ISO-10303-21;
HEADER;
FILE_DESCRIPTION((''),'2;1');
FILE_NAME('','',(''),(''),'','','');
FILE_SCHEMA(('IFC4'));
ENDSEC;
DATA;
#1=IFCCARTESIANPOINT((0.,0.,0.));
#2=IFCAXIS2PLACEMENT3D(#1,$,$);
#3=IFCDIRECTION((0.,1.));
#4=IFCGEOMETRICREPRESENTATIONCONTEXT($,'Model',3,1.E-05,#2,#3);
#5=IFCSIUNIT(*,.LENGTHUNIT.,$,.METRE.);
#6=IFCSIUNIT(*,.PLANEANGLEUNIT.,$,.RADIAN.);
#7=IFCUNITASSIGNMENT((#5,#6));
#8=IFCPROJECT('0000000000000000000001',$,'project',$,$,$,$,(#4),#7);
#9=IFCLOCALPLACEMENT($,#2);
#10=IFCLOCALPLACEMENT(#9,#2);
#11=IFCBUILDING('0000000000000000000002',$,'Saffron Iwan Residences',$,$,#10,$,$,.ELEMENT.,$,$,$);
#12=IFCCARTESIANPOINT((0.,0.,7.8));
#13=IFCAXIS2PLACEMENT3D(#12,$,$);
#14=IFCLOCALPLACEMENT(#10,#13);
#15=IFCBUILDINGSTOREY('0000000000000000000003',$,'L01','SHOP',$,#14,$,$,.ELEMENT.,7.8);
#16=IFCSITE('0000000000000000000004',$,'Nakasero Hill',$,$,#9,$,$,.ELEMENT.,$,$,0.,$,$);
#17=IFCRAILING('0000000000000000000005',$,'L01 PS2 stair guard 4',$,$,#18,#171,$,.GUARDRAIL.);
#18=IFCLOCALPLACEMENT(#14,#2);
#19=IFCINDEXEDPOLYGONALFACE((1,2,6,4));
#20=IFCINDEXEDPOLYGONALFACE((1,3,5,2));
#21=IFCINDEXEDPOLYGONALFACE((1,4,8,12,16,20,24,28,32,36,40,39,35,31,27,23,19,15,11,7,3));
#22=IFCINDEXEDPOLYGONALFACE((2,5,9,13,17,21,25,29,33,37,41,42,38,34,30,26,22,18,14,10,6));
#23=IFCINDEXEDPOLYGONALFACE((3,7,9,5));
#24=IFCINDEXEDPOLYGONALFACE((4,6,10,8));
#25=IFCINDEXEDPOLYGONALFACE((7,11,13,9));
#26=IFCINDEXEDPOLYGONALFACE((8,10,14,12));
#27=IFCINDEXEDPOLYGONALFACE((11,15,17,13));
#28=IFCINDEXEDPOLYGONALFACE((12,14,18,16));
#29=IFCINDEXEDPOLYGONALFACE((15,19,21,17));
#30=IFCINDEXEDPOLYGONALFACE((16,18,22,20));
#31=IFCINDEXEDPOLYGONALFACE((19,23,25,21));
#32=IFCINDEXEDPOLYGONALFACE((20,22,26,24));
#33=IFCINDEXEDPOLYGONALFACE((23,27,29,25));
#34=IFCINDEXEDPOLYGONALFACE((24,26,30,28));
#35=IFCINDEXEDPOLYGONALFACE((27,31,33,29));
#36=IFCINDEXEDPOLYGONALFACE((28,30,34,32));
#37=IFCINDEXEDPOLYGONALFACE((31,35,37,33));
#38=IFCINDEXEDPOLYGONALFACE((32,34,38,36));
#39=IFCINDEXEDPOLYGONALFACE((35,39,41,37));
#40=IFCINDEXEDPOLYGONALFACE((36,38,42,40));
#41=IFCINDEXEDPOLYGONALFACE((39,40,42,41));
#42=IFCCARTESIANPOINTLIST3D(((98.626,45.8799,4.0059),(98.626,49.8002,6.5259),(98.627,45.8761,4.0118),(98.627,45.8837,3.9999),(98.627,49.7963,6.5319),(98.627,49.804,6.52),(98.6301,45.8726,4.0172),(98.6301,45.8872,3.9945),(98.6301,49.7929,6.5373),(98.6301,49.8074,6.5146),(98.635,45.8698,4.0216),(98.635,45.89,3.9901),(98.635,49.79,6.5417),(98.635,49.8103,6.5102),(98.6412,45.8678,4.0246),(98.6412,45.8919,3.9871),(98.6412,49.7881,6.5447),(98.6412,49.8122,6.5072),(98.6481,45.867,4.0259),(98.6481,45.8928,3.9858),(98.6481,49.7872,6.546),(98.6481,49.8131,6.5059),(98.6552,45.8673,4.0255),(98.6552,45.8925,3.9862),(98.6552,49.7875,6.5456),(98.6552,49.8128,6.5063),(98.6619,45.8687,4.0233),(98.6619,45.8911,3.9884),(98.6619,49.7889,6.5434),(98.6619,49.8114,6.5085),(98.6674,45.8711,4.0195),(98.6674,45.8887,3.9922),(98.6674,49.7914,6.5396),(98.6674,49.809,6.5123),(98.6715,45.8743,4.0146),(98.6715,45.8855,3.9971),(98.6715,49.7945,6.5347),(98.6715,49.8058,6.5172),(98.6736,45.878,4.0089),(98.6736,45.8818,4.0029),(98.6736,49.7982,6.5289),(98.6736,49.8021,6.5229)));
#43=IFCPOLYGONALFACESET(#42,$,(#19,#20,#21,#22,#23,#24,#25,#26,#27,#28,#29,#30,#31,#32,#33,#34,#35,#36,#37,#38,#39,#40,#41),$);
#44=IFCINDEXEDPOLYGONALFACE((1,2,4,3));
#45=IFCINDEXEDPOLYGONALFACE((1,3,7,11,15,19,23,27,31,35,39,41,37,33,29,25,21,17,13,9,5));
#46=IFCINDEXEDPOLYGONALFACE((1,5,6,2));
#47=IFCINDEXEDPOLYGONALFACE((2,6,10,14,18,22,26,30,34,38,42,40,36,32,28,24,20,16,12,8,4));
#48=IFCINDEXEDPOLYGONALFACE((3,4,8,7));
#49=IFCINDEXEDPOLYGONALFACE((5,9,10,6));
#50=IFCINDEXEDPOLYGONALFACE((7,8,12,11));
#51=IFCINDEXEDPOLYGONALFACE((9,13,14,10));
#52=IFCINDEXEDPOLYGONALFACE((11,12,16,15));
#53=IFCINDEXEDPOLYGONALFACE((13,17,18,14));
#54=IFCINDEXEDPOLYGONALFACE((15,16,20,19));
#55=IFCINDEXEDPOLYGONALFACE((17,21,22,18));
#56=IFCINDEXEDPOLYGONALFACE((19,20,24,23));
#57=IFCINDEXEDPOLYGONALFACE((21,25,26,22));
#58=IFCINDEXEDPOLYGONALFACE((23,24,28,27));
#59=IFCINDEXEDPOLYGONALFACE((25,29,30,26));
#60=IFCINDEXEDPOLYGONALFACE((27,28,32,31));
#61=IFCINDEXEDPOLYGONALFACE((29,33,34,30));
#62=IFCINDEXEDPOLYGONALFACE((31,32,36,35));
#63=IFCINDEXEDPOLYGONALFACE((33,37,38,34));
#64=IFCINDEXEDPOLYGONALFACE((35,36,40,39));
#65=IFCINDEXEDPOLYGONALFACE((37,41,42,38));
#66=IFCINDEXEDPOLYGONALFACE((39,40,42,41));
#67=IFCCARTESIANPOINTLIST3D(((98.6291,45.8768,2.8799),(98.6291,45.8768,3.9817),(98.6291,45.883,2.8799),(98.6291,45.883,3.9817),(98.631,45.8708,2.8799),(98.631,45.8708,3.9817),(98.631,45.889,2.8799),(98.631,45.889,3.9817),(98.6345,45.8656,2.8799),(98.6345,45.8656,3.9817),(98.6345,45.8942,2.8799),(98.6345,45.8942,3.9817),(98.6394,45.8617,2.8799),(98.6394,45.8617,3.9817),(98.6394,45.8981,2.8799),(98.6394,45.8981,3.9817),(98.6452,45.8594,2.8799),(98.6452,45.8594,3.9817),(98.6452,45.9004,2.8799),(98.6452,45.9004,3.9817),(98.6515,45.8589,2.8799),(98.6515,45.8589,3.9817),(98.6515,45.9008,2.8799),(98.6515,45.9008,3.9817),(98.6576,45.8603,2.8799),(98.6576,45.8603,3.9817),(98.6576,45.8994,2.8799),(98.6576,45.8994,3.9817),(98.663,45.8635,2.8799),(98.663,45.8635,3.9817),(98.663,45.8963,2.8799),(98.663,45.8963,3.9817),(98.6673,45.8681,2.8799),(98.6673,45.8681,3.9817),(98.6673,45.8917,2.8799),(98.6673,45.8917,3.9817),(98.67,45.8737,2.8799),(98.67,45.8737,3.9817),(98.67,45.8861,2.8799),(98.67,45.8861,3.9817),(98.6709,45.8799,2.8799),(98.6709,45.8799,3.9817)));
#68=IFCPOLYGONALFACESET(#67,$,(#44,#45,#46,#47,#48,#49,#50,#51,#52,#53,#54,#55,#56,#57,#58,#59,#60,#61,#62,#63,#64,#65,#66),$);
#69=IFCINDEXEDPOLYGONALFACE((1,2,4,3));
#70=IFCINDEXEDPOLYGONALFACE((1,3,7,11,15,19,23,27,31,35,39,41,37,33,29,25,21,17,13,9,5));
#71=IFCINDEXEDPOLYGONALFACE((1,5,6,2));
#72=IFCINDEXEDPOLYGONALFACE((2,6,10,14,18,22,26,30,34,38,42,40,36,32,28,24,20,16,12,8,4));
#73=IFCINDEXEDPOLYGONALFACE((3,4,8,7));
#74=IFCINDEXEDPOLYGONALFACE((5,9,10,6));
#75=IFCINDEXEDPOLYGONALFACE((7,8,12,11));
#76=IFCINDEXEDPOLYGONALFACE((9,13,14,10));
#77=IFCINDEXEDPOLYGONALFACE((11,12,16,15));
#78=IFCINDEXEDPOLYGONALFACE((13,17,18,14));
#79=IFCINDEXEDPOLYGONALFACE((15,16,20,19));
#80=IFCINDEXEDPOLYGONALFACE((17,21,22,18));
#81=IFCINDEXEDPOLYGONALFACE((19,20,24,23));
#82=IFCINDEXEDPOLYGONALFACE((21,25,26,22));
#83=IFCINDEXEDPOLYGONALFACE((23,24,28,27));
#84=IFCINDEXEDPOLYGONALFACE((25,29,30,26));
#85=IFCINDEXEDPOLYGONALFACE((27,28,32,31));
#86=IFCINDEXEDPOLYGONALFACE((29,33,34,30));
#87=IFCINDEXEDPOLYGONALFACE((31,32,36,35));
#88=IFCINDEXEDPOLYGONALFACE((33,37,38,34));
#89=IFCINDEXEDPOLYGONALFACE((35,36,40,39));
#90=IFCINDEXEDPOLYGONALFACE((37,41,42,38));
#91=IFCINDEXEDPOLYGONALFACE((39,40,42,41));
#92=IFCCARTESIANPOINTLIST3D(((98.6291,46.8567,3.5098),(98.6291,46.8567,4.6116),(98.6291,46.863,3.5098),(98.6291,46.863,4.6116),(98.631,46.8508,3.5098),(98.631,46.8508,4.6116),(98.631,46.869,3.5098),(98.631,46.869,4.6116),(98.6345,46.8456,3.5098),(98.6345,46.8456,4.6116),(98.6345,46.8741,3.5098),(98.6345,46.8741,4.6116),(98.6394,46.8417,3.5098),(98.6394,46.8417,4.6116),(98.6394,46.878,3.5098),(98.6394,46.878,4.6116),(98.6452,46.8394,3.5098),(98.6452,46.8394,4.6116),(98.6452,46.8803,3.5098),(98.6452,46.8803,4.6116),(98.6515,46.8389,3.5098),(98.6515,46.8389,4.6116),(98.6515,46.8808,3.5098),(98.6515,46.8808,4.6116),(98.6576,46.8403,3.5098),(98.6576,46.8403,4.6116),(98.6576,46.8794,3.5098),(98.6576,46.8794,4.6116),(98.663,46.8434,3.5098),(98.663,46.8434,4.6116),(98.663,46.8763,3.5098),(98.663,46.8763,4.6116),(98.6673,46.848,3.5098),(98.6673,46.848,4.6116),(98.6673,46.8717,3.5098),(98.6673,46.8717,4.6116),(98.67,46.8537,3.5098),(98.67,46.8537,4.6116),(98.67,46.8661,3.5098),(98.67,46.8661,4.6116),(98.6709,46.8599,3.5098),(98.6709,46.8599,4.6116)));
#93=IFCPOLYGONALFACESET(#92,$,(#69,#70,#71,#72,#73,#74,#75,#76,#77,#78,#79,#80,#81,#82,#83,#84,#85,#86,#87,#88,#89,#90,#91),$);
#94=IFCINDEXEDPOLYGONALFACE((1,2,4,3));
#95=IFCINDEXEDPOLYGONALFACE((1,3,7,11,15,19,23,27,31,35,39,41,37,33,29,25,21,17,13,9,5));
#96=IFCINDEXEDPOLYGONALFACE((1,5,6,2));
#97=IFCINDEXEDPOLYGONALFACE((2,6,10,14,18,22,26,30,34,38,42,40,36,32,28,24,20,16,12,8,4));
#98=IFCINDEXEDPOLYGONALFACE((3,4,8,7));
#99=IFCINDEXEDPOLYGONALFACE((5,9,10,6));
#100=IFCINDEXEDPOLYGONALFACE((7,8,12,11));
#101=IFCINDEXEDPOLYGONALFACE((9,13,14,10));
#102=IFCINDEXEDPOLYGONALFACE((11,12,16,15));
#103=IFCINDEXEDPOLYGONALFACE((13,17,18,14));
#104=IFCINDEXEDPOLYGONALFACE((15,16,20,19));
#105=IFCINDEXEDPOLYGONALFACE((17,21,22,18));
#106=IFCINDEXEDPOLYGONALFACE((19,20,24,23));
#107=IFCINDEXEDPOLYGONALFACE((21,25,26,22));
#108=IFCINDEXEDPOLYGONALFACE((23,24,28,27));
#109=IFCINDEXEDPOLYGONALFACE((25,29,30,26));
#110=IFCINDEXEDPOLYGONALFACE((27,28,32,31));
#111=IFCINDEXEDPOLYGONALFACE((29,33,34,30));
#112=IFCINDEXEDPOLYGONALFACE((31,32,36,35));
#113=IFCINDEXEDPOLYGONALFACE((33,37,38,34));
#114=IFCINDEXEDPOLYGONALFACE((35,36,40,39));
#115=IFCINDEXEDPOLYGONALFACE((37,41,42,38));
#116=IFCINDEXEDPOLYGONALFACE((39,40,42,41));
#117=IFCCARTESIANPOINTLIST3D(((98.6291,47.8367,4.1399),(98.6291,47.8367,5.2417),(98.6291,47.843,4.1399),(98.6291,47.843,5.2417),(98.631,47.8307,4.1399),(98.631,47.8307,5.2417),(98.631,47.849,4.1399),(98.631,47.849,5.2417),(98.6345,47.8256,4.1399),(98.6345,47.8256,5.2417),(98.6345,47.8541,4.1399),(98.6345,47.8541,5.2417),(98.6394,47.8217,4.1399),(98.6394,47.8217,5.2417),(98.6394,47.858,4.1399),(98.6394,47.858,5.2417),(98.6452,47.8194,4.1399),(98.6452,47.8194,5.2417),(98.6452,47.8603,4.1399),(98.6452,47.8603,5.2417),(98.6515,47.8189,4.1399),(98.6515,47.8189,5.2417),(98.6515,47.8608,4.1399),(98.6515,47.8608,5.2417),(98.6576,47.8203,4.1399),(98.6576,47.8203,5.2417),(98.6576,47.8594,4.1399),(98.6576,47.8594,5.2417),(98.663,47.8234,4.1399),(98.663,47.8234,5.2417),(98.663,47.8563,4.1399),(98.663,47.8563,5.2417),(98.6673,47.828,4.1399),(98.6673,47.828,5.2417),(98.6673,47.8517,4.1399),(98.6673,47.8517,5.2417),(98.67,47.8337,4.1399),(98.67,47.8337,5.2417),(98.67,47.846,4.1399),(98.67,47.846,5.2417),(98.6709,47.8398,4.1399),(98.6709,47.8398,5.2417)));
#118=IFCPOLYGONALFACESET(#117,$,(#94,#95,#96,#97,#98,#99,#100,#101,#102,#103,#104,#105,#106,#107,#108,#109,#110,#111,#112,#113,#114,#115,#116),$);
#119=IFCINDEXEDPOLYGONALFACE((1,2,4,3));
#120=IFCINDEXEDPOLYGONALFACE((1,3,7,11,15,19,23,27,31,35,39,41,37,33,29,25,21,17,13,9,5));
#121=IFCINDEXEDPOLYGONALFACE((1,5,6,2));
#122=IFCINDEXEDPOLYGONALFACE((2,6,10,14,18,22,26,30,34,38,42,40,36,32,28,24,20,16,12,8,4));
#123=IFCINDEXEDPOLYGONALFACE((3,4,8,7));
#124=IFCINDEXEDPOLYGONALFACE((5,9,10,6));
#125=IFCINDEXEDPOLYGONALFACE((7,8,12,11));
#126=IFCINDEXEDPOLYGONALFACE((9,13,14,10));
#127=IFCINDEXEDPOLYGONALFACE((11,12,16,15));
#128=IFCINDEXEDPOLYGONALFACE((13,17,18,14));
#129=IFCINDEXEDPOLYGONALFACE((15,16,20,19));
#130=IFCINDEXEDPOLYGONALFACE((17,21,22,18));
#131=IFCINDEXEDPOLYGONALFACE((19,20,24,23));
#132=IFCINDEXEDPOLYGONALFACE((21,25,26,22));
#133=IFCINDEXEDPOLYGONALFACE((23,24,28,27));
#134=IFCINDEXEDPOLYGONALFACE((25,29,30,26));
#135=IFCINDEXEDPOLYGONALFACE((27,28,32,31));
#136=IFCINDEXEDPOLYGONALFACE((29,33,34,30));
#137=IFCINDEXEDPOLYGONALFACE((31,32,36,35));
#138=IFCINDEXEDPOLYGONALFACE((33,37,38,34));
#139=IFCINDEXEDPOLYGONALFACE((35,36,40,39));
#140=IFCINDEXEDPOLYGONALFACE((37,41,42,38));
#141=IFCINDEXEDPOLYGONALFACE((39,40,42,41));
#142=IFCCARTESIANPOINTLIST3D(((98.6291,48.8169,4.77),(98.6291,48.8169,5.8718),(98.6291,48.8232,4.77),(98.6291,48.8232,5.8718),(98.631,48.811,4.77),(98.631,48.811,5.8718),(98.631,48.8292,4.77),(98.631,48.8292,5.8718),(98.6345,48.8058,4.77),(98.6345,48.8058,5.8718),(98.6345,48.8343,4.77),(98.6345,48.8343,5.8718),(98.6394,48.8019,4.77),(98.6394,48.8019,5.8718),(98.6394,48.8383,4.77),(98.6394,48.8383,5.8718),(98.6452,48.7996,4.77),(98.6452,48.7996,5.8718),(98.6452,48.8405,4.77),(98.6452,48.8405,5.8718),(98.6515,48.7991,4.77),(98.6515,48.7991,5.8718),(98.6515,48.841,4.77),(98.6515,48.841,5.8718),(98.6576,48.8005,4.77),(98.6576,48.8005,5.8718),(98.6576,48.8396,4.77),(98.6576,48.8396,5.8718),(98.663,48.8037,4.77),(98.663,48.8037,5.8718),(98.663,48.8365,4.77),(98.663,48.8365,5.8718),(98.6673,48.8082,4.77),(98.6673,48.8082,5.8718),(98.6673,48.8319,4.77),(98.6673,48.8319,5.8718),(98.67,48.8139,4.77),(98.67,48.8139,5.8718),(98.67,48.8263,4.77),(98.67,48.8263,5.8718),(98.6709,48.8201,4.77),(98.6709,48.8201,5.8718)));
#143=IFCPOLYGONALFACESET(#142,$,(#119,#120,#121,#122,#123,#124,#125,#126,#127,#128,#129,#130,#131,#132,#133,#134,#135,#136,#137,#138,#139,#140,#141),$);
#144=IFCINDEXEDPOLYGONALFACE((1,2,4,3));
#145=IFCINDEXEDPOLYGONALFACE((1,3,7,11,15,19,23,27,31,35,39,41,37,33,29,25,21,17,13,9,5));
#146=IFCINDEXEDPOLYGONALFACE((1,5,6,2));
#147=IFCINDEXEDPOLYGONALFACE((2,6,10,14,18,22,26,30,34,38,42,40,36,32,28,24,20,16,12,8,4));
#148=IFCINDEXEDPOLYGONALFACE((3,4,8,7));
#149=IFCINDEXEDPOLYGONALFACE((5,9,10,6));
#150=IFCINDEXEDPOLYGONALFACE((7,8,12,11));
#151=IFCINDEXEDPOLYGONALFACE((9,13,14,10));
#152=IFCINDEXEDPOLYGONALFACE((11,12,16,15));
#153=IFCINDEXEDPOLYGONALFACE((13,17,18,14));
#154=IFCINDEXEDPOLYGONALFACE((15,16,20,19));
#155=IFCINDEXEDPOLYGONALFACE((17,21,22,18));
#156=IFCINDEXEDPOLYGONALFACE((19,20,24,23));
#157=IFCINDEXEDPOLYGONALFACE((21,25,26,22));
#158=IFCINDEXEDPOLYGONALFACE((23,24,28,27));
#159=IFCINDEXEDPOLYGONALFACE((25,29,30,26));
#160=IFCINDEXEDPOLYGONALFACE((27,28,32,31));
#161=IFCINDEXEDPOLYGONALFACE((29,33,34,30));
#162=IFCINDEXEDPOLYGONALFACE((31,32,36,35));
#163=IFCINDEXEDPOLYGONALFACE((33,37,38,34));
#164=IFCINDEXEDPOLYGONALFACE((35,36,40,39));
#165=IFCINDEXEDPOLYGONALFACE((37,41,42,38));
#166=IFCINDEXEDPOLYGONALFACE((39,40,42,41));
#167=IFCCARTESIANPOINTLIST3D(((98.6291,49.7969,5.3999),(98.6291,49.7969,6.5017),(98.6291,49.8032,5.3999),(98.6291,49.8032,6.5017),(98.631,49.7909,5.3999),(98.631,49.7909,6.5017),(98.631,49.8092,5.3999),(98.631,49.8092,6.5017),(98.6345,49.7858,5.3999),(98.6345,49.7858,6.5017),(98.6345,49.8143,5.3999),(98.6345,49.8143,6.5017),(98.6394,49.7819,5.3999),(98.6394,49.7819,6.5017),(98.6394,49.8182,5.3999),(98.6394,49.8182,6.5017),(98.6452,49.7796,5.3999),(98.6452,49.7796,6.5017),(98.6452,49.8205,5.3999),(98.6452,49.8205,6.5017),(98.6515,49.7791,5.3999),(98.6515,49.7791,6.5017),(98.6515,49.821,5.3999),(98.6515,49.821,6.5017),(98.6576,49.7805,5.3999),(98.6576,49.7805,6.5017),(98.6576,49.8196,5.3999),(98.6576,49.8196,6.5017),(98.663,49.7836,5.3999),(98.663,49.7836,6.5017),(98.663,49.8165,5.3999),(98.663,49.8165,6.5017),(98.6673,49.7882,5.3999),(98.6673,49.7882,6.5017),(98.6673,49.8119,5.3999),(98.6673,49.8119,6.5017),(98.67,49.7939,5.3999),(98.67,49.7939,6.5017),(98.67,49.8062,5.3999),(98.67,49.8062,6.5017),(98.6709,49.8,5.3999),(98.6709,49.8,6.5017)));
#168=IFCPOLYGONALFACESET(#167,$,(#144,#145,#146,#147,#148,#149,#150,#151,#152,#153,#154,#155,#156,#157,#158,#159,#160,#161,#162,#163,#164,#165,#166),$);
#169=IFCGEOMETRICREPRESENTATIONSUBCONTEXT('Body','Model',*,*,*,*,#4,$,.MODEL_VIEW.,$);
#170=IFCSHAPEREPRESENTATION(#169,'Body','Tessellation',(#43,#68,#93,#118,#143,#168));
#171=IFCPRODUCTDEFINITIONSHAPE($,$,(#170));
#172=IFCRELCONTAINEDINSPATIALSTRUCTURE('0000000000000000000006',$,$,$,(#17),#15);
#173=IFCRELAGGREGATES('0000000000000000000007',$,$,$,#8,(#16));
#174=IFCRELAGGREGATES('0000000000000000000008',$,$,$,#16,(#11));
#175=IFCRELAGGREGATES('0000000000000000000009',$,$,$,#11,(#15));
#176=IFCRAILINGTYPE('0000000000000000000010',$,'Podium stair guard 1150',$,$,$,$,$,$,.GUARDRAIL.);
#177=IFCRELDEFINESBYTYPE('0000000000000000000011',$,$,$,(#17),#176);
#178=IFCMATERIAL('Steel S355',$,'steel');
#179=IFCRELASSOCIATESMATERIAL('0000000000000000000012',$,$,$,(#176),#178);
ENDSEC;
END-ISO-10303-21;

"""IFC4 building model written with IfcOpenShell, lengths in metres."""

from ifc_helpers import new_model, si_unit, direction, frame, origin, origin_2d, place, context, subcontext, project, spatial, circle, extrude, material, type_object, element, save


model = new_model("IFC4")

# Units and contexts
model_context = context("Model", 3, precision=1e-05, world=origin(), true_north=direction((0.0, 1.0)))
body_context = subcontext(model_context, "Body", "Model", "MODEL_VIEW")
ifc_project = project(units=[si_unit("LENGTHUNIT", "METRE"), si_unit("PLANEANGLEUNIT", "RADIAN")], contexts=[model_context])

# Site, building, storey
site_placement = place(None, origin())
site = spatial("IfcSite", under=ifc_project, at=site_placement, Name="Nakasero Hill", CompositionType="ELEMENT", RefElevation=0.0)
building_placement = place(site_placement, origin())
building = spatial("IfcBuilding", under=site, at=building_placement, Name="Saffron Iwan Residences", CompositionType="ELEMENT")
storey_placement = place(building_placement, frame((0.0, 0.0, 7.8)))
storey = spatial("IfcBuildingStorey", under=building, at=storey_placement, Name="L01", Description="SHOP", CompositionType="ELEMENT", Elevation=7.8)

# Railing
ifc_material_1 = material(Name="Steel S355", Category="steel")
railing_type_1 = type_object("IfcRailingType", Name="Podium stair guard 1150", PredefinedType="GUARDRAIL", material=ifc_material_1)
railing_1_placement = place(storey_placement, frame((98.6499, 45.8799, 2.8799)))
element("IfcRailing", 1, at=railing_1_placement, inside=storey, type_object=railing_type_1, Name="L01 PS2 stair guard 4", PredefinedType="GUARDRAIL", context=body_context, shape_type="SweptSolid", body=[
    extrude(circle(Radius=0.0239, at=origin_2d()), frame((0.0, 0.0, 1.126), z_axis=(0.0, 0.841187, 0.540744), x_axis=(-1.0, 0.0, 0.0)), (0.0, 0.0, 1.0), 4.6604),
    extrude(circle(Radius=0.021, at=origin_2d()), origin(), (0.0, 0.0, 1.0), 1.1018),
    extrude(circle(Radius=0.021, at=origin_2d()), frame((0.0, 0.98, 0.6299)), (0.0, 0.0, 1.0), 1.1018),
    extrude(circle(Radius=0.021, at=origin_2d()), frame((0.0, 1.96, 1.26)), (0.0, 0.0, 1.0), 1.1018),
    extrude(circle(Radius=0.021, at=origin_2d()), frame((0.0, 2.9402, 1.8901)), (0.0, 0.0, 1.0), 1.1018),
    extrude(circle(Radius=0.021, at=origin_2d()), frame((0.0, 3.9202, 2.52)), (0.0, 0.0, 1.0), 1.1018),
])

save(model, "model.ifc")
